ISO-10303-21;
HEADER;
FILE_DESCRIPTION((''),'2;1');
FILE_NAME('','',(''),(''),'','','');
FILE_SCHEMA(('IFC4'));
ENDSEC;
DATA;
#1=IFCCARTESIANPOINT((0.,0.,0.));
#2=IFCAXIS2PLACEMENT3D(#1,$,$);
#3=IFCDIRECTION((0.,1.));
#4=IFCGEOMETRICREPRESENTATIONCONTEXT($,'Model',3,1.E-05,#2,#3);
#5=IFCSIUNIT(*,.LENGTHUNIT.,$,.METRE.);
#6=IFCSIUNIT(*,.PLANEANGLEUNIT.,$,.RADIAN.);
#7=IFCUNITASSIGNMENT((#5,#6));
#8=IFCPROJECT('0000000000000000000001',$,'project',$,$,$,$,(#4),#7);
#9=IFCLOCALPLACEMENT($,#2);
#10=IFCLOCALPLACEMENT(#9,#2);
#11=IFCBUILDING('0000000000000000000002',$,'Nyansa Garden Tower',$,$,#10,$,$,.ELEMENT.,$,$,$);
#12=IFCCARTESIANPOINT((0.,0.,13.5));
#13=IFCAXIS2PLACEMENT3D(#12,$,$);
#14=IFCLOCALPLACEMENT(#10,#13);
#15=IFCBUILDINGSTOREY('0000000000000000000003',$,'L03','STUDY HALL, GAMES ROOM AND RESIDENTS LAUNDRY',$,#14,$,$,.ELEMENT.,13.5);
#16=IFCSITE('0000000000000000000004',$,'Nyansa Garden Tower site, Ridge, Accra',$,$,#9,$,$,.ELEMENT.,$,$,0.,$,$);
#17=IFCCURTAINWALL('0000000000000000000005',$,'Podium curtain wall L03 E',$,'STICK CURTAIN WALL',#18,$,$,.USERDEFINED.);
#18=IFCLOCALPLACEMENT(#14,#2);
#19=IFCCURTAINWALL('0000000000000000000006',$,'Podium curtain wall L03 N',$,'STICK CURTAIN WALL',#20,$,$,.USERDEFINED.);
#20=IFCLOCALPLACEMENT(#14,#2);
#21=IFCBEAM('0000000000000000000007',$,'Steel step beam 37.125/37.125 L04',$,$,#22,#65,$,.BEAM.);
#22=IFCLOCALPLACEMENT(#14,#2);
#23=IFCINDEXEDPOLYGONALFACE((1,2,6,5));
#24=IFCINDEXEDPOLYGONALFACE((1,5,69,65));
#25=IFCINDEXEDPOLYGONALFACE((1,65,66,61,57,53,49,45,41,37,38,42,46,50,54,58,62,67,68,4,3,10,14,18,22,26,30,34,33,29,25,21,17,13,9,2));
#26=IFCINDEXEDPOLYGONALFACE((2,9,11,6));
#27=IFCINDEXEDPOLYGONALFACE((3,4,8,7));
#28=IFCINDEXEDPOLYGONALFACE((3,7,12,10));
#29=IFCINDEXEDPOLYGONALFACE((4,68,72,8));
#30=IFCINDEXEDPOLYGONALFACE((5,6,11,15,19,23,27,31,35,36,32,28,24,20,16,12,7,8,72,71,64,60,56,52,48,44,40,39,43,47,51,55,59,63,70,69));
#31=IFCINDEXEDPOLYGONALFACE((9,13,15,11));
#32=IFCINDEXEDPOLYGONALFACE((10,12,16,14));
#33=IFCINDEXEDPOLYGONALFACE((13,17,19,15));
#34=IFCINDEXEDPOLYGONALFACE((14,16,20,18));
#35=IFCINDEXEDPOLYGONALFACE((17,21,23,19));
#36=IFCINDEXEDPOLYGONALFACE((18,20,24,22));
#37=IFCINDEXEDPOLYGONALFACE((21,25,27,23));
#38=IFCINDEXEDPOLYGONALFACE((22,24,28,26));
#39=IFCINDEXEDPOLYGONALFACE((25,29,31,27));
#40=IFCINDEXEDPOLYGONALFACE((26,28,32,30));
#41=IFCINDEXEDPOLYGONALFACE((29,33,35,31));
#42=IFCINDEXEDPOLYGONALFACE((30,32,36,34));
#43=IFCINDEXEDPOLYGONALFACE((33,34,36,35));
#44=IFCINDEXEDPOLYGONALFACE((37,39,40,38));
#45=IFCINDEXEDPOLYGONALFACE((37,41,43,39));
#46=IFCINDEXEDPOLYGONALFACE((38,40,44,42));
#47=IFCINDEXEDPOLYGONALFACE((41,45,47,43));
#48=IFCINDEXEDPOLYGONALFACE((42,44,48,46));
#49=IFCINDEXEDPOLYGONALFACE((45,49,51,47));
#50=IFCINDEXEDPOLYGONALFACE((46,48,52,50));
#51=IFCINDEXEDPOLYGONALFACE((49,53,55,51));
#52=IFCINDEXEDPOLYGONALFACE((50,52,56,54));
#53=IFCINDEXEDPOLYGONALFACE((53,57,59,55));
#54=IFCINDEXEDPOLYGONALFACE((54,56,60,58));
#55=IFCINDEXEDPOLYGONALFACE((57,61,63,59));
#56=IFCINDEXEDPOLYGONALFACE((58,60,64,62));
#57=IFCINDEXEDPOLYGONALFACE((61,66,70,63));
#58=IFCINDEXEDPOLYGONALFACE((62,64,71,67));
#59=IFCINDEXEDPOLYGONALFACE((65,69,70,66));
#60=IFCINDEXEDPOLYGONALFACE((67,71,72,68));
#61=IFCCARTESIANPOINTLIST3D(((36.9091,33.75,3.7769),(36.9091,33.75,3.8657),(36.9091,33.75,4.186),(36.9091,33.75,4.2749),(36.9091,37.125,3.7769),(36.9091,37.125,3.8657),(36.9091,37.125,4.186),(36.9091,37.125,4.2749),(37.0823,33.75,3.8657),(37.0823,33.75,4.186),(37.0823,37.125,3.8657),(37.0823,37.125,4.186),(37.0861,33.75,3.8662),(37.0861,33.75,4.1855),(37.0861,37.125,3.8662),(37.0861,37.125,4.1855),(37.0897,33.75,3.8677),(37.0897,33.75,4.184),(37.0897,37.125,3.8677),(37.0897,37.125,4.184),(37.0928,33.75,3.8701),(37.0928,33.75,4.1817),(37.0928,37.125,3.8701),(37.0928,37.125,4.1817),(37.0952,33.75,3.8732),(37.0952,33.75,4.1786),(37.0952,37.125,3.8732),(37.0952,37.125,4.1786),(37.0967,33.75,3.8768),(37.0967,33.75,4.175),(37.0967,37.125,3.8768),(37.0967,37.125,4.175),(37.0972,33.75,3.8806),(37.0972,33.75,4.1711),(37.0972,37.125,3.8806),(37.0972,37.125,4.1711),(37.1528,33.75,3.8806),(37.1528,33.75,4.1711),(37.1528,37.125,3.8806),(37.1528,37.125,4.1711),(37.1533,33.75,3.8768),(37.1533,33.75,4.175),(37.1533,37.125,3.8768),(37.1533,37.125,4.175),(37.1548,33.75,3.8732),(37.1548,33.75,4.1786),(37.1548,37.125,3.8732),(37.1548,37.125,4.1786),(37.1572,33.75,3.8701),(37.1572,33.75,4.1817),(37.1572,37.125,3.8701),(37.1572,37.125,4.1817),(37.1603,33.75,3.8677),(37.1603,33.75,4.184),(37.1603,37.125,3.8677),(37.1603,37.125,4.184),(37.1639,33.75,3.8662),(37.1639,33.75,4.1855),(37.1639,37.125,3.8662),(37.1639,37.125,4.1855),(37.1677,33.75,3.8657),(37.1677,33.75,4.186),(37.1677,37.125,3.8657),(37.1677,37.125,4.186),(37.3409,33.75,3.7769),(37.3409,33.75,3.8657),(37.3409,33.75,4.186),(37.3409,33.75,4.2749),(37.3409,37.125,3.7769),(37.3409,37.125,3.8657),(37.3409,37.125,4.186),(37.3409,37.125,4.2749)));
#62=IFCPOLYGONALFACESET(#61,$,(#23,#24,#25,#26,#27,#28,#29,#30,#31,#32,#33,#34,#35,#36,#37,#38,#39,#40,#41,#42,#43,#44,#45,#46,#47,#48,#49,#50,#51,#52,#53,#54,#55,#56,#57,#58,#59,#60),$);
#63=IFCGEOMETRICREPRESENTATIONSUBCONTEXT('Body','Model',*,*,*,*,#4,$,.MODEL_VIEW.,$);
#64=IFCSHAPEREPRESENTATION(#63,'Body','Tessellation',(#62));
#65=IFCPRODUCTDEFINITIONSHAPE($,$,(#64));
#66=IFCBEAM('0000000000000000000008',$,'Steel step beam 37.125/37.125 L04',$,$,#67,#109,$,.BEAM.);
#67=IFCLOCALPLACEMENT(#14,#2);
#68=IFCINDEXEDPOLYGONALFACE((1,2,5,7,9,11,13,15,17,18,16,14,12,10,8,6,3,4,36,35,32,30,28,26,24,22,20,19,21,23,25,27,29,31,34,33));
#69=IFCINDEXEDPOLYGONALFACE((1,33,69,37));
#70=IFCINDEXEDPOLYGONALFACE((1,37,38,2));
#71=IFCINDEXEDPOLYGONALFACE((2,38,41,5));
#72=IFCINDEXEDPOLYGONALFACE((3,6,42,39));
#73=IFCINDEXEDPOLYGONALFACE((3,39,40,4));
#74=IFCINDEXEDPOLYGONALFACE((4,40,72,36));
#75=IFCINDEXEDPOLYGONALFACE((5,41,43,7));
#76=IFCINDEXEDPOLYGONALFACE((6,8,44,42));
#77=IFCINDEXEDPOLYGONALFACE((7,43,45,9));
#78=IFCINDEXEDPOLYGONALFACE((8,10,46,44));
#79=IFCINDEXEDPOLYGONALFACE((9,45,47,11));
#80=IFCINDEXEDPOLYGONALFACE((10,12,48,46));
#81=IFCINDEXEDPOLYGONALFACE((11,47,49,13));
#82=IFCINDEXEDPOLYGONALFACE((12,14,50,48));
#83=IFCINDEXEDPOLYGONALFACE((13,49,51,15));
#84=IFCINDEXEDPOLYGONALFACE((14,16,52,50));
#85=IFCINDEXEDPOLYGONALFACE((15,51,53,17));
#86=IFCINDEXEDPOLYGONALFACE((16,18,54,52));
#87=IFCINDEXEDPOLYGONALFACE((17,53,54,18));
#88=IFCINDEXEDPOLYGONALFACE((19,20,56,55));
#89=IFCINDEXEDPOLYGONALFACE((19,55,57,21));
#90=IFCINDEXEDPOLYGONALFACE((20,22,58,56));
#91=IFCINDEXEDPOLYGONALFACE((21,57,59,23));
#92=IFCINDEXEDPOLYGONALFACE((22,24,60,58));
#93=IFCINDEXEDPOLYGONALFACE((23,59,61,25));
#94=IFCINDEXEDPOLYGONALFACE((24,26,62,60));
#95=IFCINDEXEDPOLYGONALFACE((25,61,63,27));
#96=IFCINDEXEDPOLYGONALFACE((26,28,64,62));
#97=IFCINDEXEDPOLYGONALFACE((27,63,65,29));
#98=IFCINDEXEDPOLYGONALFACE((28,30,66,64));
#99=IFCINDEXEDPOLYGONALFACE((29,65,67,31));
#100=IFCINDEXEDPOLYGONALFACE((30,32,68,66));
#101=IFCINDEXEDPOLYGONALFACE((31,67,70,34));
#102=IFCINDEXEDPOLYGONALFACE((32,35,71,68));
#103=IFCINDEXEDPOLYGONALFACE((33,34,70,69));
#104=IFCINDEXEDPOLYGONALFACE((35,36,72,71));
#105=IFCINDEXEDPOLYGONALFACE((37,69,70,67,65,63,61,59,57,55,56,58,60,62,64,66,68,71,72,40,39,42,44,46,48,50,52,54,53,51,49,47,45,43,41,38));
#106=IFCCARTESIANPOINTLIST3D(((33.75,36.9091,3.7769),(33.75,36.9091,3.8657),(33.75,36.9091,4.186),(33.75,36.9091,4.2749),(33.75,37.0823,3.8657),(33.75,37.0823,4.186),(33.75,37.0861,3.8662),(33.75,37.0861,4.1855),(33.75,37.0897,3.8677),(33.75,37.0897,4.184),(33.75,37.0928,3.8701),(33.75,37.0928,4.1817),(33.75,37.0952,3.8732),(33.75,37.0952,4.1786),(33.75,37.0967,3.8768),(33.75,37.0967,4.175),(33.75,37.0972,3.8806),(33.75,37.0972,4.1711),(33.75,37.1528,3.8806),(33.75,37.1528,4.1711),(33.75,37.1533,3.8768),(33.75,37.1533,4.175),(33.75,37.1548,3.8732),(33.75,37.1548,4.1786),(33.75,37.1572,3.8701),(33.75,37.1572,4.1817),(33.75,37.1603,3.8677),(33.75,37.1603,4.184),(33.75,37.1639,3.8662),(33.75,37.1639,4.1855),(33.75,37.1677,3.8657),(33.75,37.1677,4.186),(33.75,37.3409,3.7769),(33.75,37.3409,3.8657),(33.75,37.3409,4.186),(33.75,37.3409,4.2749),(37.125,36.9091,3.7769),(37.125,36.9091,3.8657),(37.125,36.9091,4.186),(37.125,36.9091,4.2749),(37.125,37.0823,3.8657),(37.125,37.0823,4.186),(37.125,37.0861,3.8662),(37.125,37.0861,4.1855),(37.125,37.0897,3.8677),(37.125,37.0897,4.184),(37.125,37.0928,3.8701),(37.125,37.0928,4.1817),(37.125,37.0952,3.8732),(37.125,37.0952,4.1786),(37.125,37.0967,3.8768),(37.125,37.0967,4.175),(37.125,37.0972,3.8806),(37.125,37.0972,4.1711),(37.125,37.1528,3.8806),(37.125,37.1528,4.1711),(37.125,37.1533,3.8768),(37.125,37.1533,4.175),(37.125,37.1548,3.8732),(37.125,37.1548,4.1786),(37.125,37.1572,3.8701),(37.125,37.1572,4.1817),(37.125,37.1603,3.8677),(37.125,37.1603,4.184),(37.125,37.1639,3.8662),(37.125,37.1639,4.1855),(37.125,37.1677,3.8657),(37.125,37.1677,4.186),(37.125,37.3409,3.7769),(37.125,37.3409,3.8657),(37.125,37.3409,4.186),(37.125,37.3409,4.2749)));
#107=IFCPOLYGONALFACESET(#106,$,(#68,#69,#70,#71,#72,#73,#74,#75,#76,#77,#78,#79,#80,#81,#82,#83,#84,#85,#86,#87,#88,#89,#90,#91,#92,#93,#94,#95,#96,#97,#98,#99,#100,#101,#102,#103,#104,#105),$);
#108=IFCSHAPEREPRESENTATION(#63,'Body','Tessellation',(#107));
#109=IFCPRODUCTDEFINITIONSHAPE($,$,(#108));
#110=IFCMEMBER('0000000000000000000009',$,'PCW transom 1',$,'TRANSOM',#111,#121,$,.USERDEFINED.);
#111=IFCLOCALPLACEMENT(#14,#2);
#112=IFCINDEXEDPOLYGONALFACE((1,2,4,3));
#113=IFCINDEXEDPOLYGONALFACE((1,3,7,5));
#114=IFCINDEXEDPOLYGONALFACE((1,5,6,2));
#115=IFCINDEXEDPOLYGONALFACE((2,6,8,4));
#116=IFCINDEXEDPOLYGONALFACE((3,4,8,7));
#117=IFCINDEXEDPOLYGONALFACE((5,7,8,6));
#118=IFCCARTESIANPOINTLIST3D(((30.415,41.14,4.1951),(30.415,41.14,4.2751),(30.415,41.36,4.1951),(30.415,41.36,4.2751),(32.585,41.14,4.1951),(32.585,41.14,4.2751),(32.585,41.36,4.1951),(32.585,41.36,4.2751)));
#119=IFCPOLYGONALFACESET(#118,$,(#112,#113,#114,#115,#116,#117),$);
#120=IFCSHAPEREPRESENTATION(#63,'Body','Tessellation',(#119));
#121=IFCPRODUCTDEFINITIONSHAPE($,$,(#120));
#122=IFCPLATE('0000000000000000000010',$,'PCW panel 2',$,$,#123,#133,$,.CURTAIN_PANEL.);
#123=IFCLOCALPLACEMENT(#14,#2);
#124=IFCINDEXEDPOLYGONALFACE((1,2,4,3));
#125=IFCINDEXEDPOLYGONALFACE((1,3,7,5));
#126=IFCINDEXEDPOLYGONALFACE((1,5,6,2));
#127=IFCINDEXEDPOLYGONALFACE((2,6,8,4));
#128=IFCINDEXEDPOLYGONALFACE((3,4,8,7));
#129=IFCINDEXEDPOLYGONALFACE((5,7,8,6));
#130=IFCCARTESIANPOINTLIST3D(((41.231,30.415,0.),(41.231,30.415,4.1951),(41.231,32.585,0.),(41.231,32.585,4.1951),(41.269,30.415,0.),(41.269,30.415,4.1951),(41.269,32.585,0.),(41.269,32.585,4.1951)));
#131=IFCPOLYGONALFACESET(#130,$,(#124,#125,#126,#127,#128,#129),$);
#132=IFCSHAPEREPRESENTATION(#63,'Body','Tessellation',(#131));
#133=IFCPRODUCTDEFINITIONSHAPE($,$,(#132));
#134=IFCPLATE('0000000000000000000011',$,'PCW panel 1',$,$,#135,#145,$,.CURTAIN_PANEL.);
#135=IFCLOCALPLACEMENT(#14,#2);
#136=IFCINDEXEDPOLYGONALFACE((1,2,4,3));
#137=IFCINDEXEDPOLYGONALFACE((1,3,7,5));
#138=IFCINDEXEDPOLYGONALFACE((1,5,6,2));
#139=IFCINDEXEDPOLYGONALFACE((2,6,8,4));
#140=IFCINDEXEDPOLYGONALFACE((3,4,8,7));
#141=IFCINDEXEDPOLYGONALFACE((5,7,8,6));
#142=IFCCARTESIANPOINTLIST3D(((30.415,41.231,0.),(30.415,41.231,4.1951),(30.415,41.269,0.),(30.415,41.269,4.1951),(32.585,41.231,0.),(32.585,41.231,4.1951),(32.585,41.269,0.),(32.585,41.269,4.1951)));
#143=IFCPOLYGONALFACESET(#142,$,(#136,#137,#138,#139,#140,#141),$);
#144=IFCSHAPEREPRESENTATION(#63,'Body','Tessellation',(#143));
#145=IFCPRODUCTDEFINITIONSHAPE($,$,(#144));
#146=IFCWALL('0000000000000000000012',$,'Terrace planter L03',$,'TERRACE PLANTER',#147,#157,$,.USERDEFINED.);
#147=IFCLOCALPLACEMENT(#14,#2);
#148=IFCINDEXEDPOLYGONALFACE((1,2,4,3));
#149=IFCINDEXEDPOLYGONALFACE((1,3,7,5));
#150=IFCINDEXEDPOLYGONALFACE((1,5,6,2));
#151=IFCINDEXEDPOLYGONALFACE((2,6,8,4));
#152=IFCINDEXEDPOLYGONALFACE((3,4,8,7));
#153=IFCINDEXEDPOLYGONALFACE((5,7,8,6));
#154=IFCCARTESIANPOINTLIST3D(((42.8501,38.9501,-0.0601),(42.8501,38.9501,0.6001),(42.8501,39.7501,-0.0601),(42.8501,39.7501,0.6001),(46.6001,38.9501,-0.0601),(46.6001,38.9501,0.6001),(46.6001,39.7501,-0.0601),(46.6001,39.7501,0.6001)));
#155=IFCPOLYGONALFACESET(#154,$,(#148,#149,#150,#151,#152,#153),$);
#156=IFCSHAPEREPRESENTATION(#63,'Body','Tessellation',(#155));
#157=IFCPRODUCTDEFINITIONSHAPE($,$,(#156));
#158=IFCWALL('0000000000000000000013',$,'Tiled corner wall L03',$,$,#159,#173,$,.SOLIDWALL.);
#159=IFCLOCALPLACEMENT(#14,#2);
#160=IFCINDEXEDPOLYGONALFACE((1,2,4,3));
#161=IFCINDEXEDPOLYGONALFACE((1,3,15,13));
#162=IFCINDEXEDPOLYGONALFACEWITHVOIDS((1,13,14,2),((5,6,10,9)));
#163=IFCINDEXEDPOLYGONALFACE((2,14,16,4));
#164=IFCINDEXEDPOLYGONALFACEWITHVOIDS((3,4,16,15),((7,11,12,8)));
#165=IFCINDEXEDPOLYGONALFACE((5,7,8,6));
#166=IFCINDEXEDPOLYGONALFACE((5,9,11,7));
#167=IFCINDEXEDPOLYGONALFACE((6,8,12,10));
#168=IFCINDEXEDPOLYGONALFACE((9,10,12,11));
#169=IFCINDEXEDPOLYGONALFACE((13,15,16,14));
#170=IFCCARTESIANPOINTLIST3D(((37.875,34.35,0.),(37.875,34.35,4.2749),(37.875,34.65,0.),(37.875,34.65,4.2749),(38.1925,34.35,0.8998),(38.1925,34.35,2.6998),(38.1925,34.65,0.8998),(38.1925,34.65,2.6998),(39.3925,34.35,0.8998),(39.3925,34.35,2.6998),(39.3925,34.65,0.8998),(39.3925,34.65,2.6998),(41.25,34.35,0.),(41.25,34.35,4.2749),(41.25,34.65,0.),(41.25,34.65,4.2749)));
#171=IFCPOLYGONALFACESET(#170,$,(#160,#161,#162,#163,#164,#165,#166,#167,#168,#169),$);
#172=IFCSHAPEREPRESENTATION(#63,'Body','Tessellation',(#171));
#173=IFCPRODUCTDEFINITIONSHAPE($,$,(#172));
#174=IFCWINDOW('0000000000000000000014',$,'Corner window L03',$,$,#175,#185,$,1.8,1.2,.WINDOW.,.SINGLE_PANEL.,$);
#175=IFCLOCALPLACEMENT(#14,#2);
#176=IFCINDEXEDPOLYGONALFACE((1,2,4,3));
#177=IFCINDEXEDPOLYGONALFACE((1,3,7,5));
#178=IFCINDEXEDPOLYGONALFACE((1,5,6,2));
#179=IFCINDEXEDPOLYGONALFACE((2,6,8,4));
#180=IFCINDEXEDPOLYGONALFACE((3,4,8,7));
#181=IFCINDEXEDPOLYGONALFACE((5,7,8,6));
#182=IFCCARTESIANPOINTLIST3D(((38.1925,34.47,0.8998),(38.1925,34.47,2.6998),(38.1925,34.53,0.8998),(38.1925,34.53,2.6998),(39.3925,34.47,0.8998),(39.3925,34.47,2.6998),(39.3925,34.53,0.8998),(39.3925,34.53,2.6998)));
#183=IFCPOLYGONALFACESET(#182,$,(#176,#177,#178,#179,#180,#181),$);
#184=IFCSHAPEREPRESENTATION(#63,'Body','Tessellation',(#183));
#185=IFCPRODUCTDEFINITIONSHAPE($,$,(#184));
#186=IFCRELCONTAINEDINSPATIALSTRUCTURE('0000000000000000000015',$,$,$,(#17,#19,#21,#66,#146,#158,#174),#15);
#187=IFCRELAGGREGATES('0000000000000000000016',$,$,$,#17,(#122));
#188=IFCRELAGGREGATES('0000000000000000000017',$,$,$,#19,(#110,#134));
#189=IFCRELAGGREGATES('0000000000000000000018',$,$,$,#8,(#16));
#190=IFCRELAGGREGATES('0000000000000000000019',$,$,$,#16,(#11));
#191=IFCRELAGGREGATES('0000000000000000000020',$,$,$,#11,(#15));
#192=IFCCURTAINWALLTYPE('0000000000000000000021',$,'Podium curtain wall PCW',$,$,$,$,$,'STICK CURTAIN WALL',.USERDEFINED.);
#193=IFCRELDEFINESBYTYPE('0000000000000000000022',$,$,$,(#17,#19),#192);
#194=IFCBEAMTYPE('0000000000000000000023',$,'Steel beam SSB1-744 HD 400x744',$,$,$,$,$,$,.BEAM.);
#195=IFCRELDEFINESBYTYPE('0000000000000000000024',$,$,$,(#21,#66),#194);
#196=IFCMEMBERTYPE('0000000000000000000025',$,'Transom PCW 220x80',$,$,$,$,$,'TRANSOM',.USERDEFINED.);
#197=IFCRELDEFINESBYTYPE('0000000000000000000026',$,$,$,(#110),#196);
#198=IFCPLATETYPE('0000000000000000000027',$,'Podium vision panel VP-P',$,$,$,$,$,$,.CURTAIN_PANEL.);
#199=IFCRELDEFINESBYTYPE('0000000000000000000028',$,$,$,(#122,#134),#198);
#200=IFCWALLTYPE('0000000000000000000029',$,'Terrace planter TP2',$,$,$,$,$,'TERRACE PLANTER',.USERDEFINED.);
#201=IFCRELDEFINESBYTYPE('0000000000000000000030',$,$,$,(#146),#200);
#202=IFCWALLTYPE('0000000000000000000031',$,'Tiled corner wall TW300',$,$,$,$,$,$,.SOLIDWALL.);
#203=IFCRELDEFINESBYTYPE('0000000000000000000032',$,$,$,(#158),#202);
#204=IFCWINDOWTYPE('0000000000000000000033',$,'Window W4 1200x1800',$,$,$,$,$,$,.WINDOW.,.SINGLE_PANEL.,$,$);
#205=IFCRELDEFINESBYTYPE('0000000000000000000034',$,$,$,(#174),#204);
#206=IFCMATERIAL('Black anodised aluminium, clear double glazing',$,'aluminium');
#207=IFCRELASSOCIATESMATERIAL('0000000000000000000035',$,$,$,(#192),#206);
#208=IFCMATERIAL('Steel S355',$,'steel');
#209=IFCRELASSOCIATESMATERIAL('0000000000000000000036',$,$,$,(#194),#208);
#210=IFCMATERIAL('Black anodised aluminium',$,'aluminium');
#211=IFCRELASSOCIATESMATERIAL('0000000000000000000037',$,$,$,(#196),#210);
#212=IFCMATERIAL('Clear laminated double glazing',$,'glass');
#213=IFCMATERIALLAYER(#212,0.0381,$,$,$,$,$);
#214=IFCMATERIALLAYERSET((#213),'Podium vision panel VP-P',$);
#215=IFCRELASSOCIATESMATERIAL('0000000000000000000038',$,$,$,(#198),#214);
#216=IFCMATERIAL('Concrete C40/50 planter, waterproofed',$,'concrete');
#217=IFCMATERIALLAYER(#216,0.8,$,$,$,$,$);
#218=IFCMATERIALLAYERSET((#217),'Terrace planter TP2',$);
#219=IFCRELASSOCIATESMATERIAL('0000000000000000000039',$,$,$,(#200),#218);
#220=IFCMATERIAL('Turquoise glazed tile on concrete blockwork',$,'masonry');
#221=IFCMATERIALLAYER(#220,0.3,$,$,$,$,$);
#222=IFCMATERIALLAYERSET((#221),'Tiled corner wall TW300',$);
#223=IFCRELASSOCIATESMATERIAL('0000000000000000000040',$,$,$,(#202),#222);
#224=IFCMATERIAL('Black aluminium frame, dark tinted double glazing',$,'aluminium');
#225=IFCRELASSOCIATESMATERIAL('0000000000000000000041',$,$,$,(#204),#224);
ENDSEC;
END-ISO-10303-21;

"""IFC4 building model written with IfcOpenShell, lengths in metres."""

from ifc_helpers import new_model, si_unit, direction, frame, frame_2d, origin, origin_2d, place, context, subcontext, project, spatial, rectangle, i_section, extrude, material, layer, layer_set, material_profile, profile_set, type_object, element, fill, aggregate, save


model = new_model("IFC4")

# Units and contexts
model_context = context("Model", 3, precision=1e-05, world=origin(), true_north=direction((0.0, 1.0)))
body_context = subcontext(model_context, "Body", "Model", "MODEL_VIEW")
ifc_project = project(units=[si_unit("LENGTHUNIT", "METRE"), si_unit("PLANEANGLEUNIT", "RADIAN")], contexts=[model_context])

# Site, building, storey
site_placement = place(None, origin())
site = spatial("IfcSite", under=ifc_project, at=site_placement, Name="Nyansa Garden Tower site, Ridge, Accra", CompositionType="ELEMENT", RefElevation=0.0)
building_placement = place(site_placement, origin())
building = spatial("IfcBuilding", under=site, at=building_placement, Name="Nyansa Garden Tower", CompositionType="ELEMENT")
storey_placement = place(building_placement, frame((0.0, 0.0, 13.5)))
storey = spatial("IfcBuildingStorey", under=building, at=storey_placement, Name="L03", Description="STUDY HALL, GAMES ROOM AND RESIDENTS LAUNDRY", CompositionType="ELEMENT", Elevation=13.5)

# Curtain walls
ifc_material_1 = material(Name="Black anodised aluminium, clear double glazing", Category="aluminium")
curtain_wall_type = type_object("IfcCurtainWallType", Name="Podium curtain wall PCW", ElementType="STICK CURTAIN WALL", PredefinedType="USERDEFINED", material=ifc_material_1)
curtain_wall_1_placement = place(storey_placement, origin())
curtain_wall_1 = element("IfcCurtainWall", 1, at=curtain_wall_1_placement, inside=storey, type_object=curtain_wall_type, Name="Podium curtain wall L03 E", ObjectType="STICK CURTAIN WALL", PredefinedType="USERDEFINED")
curtain_wall_2_placement = place(storey_placement, origin())
curtain_wall_2 = element("IfcCurtainWall", 2, at=curtain_wall_2_placement, inside=storey, type_object=curtain_wall_type, Name="Podium curtain wall L03 N", ObjectType="STICK CURTAIN WALL", PredefinedType="USERDEFINED")

# Beams
ifc_material_2 = material(Name="Steel S355", Category="steel")
ifc_material_profile_1 = material_profile(ifc_material_2, i_section(OverallWidth=0.4319, OverallDepth=0.498, WebThickness=0.0557, FlangeThickness=0.0889, FilletRadius=0.0149, at=origin_2d()), Name="HD 400x744")
ifc_profile_set_1 = profile_set([ifc_material_profile_1], Name="Steel S355")
beam_type_1 = type_object("IfcBeamType", Name="Steel beam SSB1-744 HD 400x744", PredefinedType="BEAM", material=ifc_profile_set_1)
for number, where, z_axis, x_axis, name in (
    (3, (37.125, 37.125, 4.0259), (0.0, -1.0, 0.0), (1.0, 0.0, 0.0), "Steel step beam 37.125/37.125 L04"),
    (4, (37.125, 37.125, 4.0259), (-1.0, 0.0, 0.0), (0.0, -1.0, 0.0), "Steel step beam 37.125/37.125 L04"),
):
    element("IfcBeam", number, at=place(storey_placement, frame(where, z_axis=z_axis, x_axis=x_axis)), inside=storey, type_object=beam_type_1, Name=name, PredefinedType="BEAM", context=body_context, shape_type="SweptSolid", body=[
        extrude(i_section(OverallWidth=0.4319, OverallDepth=0.498, WebThickness=0.0557, FlangeThickness=0.0889, FilletRadius=0.0149, at=origin_2d()), origin(), (0.0, 0.0, 1.0), 3.375),
    ])

# Member
ifc_material_3 = material(Name="Black anodised aluminium", Category="aluminium")
ifc_material_profile_2 = material_profile(ifc_material_3, rectangle(XDim=0.22, YDim=0.0801, at=origin_2d()), Name="Transom 220x80")
ifc_profile_set_2 = profile_set([ifc_material_profile_2], Name="Black anodised aluminium")
member_type_1 = type_object("IfcMemberType", Name="Transom PCW 220x80", ElementType="TRANSOM", PredefinedType="USERDEFINED", material=ifc_profile_set_2)
member_1_placement = place(storey_placement, frame((32.585, 41.25, 4.2351), z_axis=(-1.0, 0.0, 0.0), x_axis=(0.0, -1.0, 0.0)))
member_1 = element("IfcMember", 5, at=member_1_placement, type_object=member_type_1, Name="PCW transom 1", ObjectType="TRANSOM", PredefinedType="USERDEFINED", context=body_context, shape_type="SweptSolid", body=[
    extrude(rectangle(XDim=0.22, YDim=0.0801, at=origin_2d()), origin(), (0.0, 0.0, 1.0), 2.1699),
])

# Plates
ifc_material_4 = material(Name="Clear laminated double glazing", Category="glass")
ifc_layer_1 = layer(ifc_material_4, 0.0381)
ifc_layer_set_1 = layer_set([ifc_layer_1], Name="Podium vision panel VP-P")
plate_type = type_object("IfcPlateType", Name="Podium vision panel VP-P", PredefinedType="CURTAIN_PANEL", material=ifc_layer_set_1)
plate_1_placement = place(storey_placement, frame((41.25, 31.5, 0.0), z_axis=(0.0, 0.0, 1.0), x_axis=(0.0, 1.0, 0.0)))
plate_1 = element("IfcPlate", 6, at=plate_1_placement, type_object=plate_type, Name="PCW panel 2", PredefinedType="CURTAIN_PANEL", context=body_context, shape_type="SweptSolid", body=[
    extrude(rectangle(XDim=2.1699, YDim=0.0381, at=origin_2d()), origin(), (0.0, 0.0, 1.0), 4.1951),
])
aggregate(curtain_wall_1, [plate_1])
plate_2_placement = place(storey_placement, frame((31.5, 41.25, 0.0), z_axis=(0.0, 0.0, 1.0), x_axis=(-1.0, 0.0, 0.0)))
plate_2 = element("IfcPlate", 7, at=plate_2_placement, type_object=plate_type, Name="PCW panel 1", PredefinedType="CURTAIN_PANEL", context=body_context, shape_type="SweptSolid", body=[
    extrude(rectangle(XDim=2.1699, YDim=0.0381, at=origin_2d()), origin(), (0.0, 0.0, 1.0), 4.1951),
])
aggregate(curtain_wall_2, [member_1, plate_2])

# Wall
ifc_material_5 = material(Name="Concrete C40/50 planter, waterproofed", Category="concrete")
ifc_layer_2 = layer(ifc_material_5, 0.8)
ifc_layer_set_2 = layer_set([ifc_layer_2], Name="Terrace planter TP2")
wall_type_1 = type_object("IfcWallType", Name="Terrace planter TP2", ElementType="TERRACE PLANTER", PredefinedType="USERDEFINED", material=ifc_layer_set_2)
wall_1_placement = place(storey_placement, frame((42.8501, 39.3501, -0.0601), z_axis=(0.0, 0.0, 1.0), x_axis=(1.0, 0.0, 0.0)))
element("IfcWall", 8, at=wall_1_placement, inside=storey, type_object=wall_type_1, Name="Terrace planter L03", ObjectType="TERRACE PLANTER", PredefinedType="USERDEFINED", context=body_context, shape_type="SweptSolid", body=[
    extrude(rectangle(XDim=3.75, YDim=0.8, at=frame_2d((1.875, 0.0))), origin(), (0.0, 0.0, 1.0), 0.6602),
])

# Wall, opening, window
ifc_material_6 = material(Name="Turquoise glazed tile on concrete blockwork", Category="masonry")
ifc_layer_3 = layer(ifc_material_6, 0.3)
ifc_layer_set_3 = layer_set([ifc_layer_3], Name="Tiled corner wall TW300")
wall_type_2 = type_object("IfcWallType", Name="Tiled corner wall TW300", PredefinedType="SOLIDWALL", material=ifc_layer_set_3)
wall_2_placement = place(storey_placement, frame((41.25, 34.5, 0.0), z_axis=(0.0, 0.0, 1.0), x_axis=(-1.0, 0.0, 0.0)))
wall_2 = element("IfcWall", 9, at=wall_2_placement, inside=storey, type_object=wall_type_2, Name="Tiled corner wall L03", PredefinedType="SOLIDWALL", context=body_context, shape_type="SweptSolid", body=[
    extrude(rectangle(XDim=3.375, YDim=0.3, at=frame_2d((1.6875, 0.0))), origin(), (0.0, 0.0, 1.0), 4.2749),
])
opening_1_placement = place(wall_2_placement, frame((1.8574, 0.0, 0.8999)))
opening_1 = element("IfcOpeningElement", 10, at=opening_1_placement, cuts=wall_2, PredefinedType="OPENING", context=body_context, shape_type="SweptSolid", body=[
    extrude(rectangle(XDim=1.2, YDim=1.8, at=frame_2d((0.6001, 0.8999))), frame((0.0, 0.1599, 0.0), z_axis=(0.0, -1.0, 0.0), x_axis=(1.0, 0.0, 0.0)), (0.0, 0.0, 1.0), 0.3201),
])
ifc_material_7 = material(Name="Black aluminium frame, dark tinted double glazing", Category="aluminium")
window_type_1 = type_object("IfcWindowType", Name="Window W4 1200x1800", PartitioningType="SINGLE_PANEL", PredefinedType="WINDOW", material=ifc_material_7)
window_1_placement = place(opening_1_placement, origin())
window_1 = element("IfcWindow", 11, at=window_1_placement, inside=storey, type_object=window_type_1, Name="Corner window L03", OverallHeight=1.8, OverallWidth=1.2, PartitioningType="SINGLE_PANEL", PredefinedType="WINDOW", context=body_context, shape_type="SweptSolid", body=[
    extrude(rectangle(XDim=1.2, YDim=1.8, at=frame_2d((0.6001, 0.8999))), frame((0.0, 0.03, 0.0), z_axis=(0.0, -1.0, 0.0), x_axis=(1.0, 0.0, 0.0)), (0.0, 0.0, 1.0), 0.0601),
])
fill(opening_1, window_1)

save(model, "model.ifc")
